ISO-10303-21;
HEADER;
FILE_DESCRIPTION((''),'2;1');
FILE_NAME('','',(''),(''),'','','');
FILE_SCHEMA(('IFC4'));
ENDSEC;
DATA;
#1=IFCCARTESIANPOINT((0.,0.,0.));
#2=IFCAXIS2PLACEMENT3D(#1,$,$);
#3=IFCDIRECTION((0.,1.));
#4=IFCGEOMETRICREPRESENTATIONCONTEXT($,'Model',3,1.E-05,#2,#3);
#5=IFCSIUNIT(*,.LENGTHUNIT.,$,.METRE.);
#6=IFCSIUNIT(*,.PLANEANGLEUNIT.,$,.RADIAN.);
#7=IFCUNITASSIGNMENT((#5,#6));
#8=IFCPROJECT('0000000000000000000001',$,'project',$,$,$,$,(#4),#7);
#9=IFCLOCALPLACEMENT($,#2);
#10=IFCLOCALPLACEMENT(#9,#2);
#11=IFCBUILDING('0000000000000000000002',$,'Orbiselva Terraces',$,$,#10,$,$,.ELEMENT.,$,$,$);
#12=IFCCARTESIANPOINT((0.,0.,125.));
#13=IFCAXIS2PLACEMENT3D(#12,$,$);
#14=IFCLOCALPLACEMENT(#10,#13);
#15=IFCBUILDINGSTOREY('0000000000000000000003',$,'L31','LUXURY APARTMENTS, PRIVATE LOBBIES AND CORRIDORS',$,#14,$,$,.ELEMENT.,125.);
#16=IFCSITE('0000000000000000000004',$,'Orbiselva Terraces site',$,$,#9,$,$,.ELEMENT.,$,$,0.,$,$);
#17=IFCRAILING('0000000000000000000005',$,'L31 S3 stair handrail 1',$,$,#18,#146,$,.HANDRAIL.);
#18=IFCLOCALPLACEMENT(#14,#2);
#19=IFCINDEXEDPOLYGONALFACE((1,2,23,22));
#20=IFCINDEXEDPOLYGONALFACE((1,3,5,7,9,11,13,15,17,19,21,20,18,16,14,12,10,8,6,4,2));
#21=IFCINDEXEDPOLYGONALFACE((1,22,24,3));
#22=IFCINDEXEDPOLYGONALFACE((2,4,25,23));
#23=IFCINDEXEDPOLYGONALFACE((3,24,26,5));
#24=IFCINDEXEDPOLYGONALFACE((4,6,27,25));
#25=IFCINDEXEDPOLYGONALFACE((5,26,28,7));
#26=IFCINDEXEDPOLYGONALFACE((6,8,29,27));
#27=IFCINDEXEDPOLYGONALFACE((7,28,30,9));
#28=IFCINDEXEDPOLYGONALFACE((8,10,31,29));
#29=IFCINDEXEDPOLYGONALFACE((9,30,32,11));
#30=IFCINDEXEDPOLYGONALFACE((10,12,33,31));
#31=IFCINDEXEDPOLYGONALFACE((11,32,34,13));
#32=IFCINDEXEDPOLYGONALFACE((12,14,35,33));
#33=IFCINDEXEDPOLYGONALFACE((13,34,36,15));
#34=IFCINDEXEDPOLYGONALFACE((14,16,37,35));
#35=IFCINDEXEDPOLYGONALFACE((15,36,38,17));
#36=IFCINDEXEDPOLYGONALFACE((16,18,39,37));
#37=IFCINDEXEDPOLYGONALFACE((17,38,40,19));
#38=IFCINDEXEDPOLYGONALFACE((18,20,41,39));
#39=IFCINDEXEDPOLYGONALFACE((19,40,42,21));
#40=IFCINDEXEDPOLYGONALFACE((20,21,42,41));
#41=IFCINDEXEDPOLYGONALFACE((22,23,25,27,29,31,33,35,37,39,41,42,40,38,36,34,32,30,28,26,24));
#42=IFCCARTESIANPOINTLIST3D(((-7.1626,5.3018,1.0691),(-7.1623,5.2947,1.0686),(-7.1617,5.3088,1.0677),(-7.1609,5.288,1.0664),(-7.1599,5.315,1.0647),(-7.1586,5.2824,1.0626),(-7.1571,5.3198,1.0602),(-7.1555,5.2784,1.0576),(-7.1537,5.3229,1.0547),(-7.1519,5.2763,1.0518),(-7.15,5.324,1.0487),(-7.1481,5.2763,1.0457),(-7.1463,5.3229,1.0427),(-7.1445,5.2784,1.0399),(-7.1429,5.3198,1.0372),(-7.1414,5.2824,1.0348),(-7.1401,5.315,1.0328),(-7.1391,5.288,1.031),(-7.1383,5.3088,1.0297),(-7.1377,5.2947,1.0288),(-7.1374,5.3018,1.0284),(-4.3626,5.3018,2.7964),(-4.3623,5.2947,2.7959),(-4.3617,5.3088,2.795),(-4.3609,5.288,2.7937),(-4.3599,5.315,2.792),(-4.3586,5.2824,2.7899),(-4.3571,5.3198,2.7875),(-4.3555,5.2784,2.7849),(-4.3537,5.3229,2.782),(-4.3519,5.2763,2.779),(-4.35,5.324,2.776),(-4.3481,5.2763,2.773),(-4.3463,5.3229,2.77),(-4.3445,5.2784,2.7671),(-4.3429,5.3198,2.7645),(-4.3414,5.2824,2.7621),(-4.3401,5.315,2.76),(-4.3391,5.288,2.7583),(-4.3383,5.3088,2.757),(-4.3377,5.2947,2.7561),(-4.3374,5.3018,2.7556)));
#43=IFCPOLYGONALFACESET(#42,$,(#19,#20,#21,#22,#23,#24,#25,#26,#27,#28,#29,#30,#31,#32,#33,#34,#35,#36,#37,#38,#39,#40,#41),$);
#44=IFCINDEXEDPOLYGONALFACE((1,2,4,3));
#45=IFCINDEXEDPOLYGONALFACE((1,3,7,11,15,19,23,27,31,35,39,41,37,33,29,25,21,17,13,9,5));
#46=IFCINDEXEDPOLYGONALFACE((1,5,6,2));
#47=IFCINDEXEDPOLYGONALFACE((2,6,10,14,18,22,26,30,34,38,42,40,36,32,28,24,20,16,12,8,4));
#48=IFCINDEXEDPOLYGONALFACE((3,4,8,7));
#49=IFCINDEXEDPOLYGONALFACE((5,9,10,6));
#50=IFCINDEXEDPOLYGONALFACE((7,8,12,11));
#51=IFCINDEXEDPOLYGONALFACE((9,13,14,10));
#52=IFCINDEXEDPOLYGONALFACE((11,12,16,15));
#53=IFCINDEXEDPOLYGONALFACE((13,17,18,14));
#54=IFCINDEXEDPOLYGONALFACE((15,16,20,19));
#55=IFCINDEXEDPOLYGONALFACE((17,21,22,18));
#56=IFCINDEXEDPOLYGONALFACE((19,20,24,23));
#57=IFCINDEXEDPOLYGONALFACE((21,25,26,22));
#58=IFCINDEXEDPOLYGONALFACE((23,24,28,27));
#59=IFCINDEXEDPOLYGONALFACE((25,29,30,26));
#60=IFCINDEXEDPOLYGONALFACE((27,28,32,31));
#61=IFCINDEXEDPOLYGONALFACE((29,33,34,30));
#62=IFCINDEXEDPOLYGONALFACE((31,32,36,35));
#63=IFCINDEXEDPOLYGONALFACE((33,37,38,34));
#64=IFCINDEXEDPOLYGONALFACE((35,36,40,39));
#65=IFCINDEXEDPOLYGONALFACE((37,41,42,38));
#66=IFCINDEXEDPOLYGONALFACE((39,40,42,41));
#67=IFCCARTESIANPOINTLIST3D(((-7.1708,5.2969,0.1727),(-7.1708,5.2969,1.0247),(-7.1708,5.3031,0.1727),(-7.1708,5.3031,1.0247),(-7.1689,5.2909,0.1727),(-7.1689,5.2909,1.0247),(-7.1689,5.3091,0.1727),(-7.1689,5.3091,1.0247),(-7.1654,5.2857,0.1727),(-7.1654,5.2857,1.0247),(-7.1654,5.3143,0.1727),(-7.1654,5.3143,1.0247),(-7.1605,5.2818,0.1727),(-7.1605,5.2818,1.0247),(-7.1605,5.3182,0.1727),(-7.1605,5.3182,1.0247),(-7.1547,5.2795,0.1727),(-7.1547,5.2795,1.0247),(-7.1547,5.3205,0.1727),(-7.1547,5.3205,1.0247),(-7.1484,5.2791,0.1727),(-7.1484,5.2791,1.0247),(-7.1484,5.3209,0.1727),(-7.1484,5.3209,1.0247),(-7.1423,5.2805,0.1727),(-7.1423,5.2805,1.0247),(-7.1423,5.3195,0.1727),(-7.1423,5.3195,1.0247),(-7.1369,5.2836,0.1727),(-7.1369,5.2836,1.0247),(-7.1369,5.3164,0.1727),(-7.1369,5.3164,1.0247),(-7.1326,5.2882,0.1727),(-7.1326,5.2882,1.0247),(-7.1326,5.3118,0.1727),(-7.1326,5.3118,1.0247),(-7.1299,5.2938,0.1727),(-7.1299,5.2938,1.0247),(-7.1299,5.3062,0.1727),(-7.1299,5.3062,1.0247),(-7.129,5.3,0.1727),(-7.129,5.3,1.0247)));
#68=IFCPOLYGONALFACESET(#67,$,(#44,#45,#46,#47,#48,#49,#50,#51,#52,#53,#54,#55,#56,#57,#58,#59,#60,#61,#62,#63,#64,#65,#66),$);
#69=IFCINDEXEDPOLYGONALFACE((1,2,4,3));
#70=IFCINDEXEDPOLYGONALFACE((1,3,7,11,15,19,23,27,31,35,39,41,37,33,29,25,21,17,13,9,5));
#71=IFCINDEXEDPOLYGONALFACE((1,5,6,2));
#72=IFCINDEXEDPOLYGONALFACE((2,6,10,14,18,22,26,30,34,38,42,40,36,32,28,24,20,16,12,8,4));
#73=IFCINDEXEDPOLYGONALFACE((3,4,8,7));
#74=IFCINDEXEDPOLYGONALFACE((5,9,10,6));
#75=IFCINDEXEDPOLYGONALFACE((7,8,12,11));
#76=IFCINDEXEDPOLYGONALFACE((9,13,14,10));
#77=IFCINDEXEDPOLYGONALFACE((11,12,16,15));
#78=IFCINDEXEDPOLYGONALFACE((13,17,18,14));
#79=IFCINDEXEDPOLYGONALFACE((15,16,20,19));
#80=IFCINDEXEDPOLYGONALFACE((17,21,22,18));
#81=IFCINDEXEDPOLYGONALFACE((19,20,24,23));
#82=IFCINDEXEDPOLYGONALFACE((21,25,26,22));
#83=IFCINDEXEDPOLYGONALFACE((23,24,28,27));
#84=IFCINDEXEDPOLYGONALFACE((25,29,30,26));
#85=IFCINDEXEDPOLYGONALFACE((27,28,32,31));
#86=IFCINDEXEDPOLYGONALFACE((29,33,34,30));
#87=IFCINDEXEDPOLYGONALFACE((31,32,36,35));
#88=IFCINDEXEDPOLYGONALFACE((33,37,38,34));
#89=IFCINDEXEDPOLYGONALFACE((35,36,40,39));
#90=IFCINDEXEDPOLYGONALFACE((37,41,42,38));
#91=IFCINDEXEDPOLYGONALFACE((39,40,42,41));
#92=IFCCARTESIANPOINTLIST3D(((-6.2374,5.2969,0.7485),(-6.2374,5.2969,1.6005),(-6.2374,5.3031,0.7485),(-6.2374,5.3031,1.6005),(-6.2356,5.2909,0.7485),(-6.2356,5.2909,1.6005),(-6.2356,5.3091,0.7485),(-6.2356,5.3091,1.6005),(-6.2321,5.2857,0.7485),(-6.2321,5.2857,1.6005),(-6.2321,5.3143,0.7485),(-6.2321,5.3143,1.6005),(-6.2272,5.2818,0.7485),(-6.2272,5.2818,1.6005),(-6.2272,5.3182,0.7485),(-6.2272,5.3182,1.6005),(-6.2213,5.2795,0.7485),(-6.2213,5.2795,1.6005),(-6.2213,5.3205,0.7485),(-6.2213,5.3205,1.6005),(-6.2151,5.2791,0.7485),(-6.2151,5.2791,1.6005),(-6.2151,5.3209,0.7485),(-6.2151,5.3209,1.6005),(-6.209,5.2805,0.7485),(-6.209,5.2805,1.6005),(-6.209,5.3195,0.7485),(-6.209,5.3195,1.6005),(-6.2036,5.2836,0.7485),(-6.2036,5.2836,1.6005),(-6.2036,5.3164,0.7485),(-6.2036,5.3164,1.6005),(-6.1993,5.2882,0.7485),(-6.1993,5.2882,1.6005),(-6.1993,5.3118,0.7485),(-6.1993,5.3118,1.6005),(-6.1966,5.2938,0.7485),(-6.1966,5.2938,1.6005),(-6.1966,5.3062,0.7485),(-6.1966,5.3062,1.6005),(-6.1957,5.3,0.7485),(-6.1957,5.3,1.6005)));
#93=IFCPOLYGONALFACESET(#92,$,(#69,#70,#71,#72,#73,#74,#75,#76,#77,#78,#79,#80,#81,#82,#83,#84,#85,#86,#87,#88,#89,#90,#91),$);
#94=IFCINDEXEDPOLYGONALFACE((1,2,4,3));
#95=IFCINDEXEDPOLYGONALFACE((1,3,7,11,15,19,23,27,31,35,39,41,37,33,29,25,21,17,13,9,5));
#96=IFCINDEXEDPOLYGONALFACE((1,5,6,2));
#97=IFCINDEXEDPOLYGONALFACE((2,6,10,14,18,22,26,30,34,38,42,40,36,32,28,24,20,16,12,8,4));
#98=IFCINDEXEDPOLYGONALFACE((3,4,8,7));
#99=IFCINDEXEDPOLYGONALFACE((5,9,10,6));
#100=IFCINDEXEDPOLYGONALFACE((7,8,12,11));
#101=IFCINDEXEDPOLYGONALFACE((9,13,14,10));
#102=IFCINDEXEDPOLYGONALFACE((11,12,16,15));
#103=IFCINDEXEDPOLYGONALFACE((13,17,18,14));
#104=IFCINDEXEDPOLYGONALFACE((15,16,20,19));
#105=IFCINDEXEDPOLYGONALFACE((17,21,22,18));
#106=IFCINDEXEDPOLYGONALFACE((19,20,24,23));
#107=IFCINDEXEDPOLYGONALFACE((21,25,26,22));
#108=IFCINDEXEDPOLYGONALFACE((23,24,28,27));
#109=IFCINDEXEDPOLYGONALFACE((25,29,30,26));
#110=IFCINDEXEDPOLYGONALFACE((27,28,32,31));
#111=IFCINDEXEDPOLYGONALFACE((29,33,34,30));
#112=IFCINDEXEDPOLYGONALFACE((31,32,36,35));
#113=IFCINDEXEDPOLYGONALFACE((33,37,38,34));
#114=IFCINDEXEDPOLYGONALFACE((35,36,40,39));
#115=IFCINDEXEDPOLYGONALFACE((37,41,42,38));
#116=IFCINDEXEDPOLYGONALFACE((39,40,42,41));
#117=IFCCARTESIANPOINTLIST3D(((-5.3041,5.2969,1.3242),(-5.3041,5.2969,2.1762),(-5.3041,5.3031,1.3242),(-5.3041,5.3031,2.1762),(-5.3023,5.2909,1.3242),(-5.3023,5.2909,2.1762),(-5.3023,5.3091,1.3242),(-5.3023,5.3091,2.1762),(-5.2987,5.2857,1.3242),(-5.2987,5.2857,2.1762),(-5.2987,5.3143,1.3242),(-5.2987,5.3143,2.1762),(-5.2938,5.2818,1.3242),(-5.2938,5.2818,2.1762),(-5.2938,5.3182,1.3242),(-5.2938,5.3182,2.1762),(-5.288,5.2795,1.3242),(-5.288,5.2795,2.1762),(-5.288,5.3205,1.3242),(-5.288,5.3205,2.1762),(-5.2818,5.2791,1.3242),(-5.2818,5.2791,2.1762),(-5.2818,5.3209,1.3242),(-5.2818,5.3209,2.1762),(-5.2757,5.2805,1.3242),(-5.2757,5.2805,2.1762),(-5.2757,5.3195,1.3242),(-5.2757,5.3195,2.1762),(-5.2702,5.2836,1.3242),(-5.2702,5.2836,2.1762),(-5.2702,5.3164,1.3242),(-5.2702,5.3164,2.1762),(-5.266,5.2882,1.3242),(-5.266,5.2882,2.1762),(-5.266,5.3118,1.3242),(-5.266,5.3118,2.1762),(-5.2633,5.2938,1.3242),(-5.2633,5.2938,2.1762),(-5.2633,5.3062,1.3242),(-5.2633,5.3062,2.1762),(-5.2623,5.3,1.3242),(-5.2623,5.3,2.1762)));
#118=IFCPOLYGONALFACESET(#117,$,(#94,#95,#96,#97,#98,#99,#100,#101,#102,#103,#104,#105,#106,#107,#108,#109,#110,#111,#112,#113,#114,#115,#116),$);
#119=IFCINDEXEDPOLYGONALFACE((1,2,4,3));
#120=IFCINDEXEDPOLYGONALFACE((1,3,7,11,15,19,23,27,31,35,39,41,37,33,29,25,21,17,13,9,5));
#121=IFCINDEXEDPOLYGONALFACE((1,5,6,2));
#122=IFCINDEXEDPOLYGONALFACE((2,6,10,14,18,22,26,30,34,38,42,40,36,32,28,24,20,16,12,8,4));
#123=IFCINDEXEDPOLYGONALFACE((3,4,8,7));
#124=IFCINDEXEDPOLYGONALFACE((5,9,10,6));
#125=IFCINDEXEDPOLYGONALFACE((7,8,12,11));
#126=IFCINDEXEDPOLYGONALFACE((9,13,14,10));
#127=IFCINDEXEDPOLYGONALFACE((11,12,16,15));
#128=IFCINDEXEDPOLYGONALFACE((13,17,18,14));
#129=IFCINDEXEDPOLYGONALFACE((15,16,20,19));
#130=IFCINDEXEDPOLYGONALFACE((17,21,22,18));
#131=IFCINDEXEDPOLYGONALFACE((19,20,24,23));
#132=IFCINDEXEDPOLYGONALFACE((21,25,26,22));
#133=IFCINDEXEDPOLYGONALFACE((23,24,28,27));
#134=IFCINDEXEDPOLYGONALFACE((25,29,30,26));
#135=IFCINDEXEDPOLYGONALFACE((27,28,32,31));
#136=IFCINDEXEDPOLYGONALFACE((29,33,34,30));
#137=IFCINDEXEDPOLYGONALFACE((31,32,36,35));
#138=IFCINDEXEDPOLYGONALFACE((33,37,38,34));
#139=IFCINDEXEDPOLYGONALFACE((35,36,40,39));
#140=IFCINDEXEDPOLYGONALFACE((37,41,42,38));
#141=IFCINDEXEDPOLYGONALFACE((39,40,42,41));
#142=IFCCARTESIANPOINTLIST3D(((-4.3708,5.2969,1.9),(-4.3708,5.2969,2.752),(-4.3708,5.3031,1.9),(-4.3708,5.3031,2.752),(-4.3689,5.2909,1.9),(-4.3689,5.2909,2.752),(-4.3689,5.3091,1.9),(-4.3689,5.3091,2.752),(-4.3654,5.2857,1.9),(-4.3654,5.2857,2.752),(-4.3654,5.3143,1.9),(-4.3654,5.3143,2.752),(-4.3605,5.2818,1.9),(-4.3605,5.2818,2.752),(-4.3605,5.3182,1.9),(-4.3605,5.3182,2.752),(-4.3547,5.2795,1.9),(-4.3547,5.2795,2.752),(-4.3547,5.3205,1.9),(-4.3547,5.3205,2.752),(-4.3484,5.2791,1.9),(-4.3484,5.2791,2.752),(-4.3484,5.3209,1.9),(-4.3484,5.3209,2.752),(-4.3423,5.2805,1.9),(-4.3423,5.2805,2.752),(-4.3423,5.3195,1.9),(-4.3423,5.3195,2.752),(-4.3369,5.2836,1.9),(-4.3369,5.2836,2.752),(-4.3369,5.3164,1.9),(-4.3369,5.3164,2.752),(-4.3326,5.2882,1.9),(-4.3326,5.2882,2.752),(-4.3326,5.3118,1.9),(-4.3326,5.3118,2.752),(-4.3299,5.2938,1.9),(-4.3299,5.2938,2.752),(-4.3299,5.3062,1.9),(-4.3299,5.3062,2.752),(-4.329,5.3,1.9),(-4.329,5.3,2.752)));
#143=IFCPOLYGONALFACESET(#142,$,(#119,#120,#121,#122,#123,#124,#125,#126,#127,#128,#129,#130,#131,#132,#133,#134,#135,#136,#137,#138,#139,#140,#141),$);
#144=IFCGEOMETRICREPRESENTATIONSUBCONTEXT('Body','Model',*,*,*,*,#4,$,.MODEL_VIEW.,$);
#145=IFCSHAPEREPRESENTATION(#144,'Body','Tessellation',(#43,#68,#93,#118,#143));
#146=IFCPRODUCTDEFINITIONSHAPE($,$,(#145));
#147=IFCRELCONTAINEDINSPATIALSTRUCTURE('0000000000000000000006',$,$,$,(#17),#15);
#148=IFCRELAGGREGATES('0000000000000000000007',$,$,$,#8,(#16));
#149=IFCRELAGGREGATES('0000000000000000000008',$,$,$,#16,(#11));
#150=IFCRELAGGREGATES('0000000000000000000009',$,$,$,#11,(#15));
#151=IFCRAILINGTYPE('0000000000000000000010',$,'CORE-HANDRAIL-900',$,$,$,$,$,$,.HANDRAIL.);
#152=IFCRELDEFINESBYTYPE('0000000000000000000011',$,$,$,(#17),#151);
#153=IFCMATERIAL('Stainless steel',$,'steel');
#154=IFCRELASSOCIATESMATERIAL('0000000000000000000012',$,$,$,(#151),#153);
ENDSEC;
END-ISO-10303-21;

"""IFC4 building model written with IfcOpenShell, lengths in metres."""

from ifc_helpers import new_model, si_unit, direction, frame, origin, origin_2d, place, context, subcontext, project, spatial, circle, extrude, material, type_object, element, save


model = new_model("IFC4")

# Units and contexts
model_context = context("Model", 3, precision=1e-05, world=origin(), true_north=direction((0.0, 1.0)))
body_context = subcontext(model_context, "Body", "Model", "MODEL_VIEW")
ifc_project = project(units=[si_unit("LENGTHUNIT", "METRE"), si_unit("PLANEANGLEUNIT", "RADIAN")], contexts=[model_context])

# Site, building, storey
site_placement = place(None, origin())
site = spatial("IfcSite", under=ifc_project, at=site_placement, Name="Orbiselva Terraces site", CompositionType="ELEMENT", RefElevation=0.0)
building_placement = place(site_placement, origin())
building = spatial("IfcBuilding", under=site, at=building_placement, Name="Orbiselva Terraces", CompositionType="ELEMENT")
storey_placement = place(building_placement, frame((0.0, 0.0, 125.0)))
storey = spatial("IfcBuildingStorey", under=building, at=storey_placement, Name="L31", Description="LUXURY APARTMENTS, PRIVATE LOBBIES AND CORRIDORS", CompositionType="ELEMENT", Elevation=125.0)

# Railing
ifc_material_1 = material(Name="Stainless steel", Category="steel")
railing_type_1 = type_object("IfcRailingType", Name="CORE-HANDRAIL-900", PredefinedType="HANDRAIL", material=ifc_material_1)
railing_1_placement = place(storey_placement, frame((-7.15, 5.3, 0.1727)))
element("IfcRailing", 1, at=railing_1_placement, inside=storey, type_object=railing_type_1, Name="L31 S3 stair handrail 1", PredefinedType="HANDRAIL", context=body_context, shape_type="SweptSolid", body=[
    extrude(circle(Radius=0.024, at=origin_2d()), frame((0.0, 0.0, 0.876), z_axis=(0.851089, 0.0, 0.525022), x_axis=(0.0, 1.0, 0.0)), (0.0, 0.0, 1.0), 3.2899),
    extrude(circle(Radius=0.021, at=origin_2d()), origin(), (0.0, 0.0, 1.0), 0.852),
    extrude(circle(Radius=0.021, at=origin_2d()), frame((0.9333, 0.0, 0.5758)), (0.0, 0.0, 1.0), 0.852),
    extrude(circle(Radius=0.021, at=origin_2d()), frame((1.8667, 0.0, 1.1515)), (0.0, 0.0, 1.0), 0.852),
    extrude(circle(Radius=0.021, at=origin_2d()), frame((2.8, 0.0, 1.7273)), (0.0, 0.0, 1.0), 0.852),
])

save(model, "model.ifc")
